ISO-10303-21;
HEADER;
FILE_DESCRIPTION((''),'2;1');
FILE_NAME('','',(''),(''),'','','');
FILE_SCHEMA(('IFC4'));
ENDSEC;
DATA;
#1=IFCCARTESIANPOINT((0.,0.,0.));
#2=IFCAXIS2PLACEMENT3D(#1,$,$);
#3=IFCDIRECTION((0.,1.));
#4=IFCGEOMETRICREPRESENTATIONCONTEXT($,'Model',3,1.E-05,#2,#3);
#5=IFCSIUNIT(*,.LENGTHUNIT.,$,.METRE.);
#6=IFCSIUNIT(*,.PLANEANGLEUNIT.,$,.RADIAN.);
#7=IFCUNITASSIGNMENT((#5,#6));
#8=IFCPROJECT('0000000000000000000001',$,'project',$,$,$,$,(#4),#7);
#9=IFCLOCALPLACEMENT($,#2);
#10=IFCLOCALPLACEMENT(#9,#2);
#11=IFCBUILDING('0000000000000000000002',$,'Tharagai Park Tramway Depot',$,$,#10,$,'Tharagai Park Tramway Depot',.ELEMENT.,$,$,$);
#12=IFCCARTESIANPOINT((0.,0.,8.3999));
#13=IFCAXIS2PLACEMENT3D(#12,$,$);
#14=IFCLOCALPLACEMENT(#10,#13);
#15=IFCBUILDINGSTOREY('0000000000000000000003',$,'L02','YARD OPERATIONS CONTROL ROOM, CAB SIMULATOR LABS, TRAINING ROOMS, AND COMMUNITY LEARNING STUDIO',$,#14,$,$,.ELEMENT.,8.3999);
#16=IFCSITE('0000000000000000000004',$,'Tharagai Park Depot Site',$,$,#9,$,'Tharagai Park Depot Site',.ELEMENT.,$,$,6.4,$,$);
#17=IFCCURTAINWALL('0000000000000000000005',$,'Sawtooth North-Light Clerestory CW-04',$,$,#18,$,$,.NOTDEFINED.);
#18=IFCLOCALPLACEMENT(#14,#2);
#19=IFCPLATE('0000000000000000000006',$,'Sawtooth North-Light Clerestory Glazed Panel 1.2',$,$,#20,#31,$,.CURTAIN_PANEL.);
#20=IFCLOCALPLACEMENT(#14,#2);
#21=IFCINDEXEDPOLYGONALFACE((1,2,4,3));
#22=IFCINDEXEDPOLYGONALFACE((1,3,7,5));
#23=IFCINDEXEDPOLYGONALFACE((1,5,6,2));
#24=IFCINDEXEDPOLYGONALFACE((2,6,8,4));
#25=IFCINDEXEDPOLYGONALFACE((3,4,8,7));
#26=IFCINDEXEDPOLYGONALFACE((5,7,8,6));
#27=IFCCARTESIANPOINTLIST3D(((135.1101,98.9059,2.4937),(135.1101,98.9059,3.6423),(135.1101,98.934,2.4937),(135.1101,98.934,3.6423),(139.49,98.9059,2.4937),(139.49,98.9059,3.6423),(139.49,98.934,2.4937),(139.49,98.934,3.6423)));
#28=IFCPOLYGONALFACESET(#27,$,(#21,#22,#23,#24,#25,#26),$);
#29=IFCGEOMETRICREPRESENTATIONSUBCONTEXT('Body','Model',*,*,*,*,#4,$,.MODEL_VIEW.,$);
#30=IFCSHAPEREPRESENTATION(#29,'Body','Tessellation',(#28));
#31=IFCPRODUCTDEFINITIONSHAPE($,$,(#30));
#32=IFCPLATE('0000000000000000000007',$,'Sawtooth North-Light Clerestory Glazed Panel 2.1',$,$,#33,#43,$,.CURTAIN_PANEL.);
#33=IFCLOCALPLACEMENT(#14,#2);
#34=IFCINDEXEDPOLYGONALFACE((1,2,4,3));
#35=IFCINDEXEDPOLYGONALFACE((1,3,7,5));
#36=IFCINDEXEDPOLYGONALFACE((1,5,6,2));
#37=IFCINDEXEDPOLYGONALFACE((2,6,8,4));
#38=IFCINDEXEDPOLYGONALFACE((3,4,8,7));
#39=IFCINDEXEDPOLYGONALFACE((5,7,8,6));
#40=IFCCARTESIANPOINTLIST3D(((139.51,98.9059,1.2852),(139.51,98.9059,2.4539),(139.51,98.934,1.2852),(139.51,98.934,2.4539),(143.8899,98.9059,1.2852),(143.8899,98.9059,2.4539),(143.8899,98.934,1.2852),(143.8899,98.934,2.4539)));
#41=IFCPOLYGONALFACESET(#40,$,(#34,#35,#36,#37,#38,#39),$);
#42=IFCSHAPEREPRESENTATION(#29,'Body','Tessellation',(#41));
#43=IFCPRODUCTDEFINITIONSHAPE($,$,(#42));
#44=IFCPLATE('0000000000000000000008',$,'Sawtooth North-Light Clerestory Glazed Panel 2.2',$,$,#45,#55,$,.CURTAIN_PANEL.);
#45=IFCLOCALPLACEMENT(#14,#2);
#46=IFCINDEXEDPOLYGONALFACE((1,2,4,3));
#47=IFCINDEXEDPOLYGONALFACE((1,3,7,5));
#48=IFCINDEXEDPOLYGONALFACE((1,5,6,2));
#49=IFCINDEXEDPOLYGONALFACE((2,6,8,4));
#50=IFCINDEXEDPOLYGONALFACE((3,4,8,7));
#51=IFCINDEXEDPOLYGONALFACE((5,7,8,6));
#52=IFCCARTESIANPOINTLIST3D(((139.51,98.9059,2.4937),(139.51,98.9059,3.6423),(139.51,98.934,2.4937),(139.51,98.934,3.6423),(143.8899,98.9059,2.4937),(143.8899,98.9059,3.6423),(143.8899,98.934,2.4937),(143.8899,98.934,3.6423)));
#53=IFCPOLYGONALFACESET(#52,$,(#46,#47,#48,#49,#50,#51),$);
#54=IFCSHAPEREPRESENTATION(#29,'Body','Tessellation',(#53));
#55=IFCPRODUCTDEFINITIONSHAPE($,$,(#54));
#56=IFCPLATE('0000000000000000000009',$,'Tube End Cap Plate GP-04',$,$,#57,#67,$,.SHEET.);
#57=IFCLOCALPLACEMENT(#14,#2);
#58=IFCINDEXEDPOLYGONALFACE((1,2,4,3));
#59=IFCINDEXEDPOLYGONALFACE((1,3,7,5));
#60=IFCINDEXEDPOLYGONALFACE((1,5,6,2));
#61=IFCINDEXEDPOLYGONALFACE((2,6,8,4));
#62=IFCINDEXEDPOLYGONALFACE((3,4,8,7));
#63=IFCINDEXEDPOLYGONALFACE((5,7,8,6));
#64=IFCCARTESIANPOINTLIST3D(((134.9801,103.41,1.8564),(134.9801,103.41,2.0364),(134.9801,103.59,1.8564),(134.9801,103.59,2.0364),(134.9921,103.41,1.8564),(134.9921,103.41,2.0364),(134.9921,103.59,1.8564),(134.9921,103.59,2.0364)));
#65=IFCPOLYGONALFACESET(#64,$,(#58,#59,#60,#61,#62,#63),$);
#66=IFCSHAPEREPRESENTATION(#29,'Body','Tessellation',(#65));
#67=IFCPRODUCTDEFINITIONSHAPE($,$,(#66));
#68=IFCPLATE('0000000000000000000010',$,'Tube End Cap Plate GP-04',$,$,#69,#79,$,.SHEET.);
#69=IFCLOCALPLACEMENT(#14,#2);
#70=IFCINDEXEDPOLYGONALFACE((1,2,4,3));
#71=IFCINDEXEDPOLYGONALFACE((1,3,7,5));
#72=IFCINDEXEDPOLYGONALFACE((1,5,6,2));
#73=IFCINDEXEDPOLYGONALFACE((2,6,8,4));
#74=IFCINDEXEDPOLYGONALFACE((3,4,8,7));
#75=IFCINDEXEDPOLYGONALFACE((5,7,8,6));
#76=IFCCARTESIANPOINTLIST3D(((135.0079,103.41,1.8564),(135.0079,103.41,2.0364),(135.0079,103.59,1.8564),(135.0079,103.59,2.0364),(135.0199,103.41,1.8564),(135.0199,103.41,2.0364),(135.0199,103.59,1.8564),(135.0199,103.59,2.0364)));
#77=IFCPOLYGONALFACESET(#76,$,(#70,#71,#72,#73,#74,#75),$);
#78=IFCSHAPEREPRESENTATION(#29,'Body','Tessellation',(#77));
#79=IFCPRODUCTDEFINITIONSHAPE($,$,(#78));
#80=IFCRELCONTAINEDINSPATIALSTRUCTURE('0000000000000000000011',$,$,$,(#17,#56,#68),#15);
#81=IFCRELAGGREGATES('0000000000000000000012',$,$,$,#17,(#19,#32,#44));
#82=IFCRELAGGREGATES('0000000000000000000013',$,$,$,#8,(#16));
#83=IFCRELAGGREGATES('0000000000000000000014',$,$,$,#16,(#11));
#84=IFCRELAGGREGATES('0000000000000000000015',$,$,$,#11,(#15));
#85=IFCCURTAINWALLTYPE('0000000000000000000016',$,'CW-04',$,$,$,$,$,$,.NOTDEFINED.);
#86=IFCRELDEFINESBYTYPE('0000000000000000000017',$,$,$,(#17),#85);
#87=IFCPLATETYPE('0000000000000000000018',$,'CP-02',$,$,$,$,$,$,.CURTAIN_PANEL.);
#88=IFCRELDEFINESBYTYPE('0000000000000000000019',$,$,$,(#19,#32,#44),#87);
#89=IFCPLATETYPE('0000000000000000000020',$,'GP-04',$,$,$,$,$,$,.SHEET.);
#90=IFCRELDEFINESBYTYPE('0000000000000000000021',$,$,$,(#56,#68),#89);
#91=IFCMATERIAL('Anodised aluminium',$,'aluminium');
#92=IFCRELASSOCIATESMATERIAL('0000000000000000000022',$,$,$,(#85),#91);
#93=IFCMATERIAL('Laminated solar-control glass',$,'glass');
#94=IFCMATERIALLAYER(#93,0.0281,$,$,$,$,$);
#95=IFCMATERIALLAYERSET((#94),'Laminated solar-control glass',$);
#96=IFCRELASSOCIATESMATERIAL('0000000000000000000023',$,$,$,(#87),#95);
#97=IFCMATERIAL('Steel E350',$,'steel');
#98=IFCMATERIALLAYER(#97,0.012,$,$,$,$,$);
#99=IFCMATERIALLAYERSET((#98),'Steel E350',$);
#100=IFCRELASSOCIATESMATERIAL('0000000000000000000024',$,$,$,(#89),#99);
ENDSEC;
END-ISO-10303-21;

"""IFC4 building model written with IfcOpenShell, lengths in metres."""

from ifc_helpers import new_model, si_unit, direction, frame, origin, origin_2d, place, context, subcontext, project, spatial, rectangle, extrude, material, layer, layer_set, type_object, element, aggregate, save


model = new_model("IFC4")

# Units and contexts
model_context = context("Model", 3, precision=1e-05, world=origin(), true_north=direction((0.0, 1.0)))
body_context = subcontext(model_context, "Body", "Model", "MODEL_VIEW")
ifc_project = project(units=[si_unit("LENGTHUNIT", "METRE"), si_unit("PLANEANGLEUNIT", "RADIAN")], contexts=[model_context])

# Site, building, storey
site_placement = place(None, origin())
site = spatial("IfcSite", under=ifc_project, at=site_placement, Name="Tharagai Park Depot Site", LongName="Tharagai Park Depot Site", CompositionType="ELEMENT", RefElevation=6.4)
building_placement = place(site_placement, origin())
building = spatial("IfcBuilding", under=site, at=building_placement, Name="Tharagai Park Tramway Depot", LongName="Tharagai Park Tramway Depot", CompositionType="ELEMENT")
storey_placement = place(building_placement, frame((0.0, 0.0, 8.3999)))
storey = spatial("IfcBuildingStorey", under=building, at=storey_placement, Name="L02", Description="YARD OPERATIONS CONTROL ROOM, CAB SIMULATOR LABS, TRAINING ROOMS, AND COMMUNITY LEARNING STUDIO", CompositionType="ELEMENT", Elevation=8.3999)

# Shared definitions
ifc_material_1 = material(Name="Steel E350", Category="steel")

# Shared definitions
ifc_material_2 = material(Name="Anodised aluminium", Category="aluminium")
curtain_wall_type = type_object("IfcCurtainWallType", Name="CW-04", PredefinedType="NOTDEFINED", material=ifc_material_2)

# Curtain wall
curtain_wall_1_placement = place(storey_placement, origin())
curtain_wall_1 = element("IfcCurtainWall", 1, at=curtain_wall_1_placement, inside=storey, type_object=curtain_wall_type, Name="Sawtooth North-Light Clerestory CW-04", PredefinedType="NOTDEFINED")

# Plates
ifc_material_3 = material(Name="Laminated solar-control glass", Category="glass")
ifc_layer_1 = layer(ifc_material_3, 0.0281)
ifc_layer_set_1 = layer_set([ifc_layer_1], Name="Laminated solar-control glass")
plate_type_1 = type_object("IfcPlateType", Name="CP-02", PredefinedType="CURTAIN_PANEL", material=ifc_layer_set_1)
plate_1_placement = place(storey_placement, frame((137.3, 98.9199, 2.4937), z_axis=(0.0, 0.0, 1.0), x_axis=(1.0, 0.0, 0.0)))
plate_1 = element("IfcPlate", 2, at=plate_1_placement, type_object=plate_type_1, Name="Sawtooth North-Light Clerestory Glazed Panel 1.2", PredefinedType="CURTAIN_PANEL", context=body_context, shape_type="SweptSolid", body=[
    extrude(rectangle(XDim=4.3799, YDim=0.0281, at=origin_2d()), origin(), (0.0, 0.0, 1.0), 1.1487),
])
plate_2_placement = place(storey_placement, frame((141.7, 98.9199, 1.2852), z_axis=(0.0, 0.0, 1.0), x_axis=(1.0, 0.0, 0.0)))
plate_2 = element("IfcPlate", 3, at=plate_2_placement, type_object=plate_type_1, Name="Sawtooth North-Light Clerestory Glazed Panel 2.1", PredefinedType="CURTAIN_PANEL", context=body_context, shape_type="SweptSolid", body=[
    extrude(rectangle(XDim=4.3799, YDim=0.0281, at=origin_2d()), origin(), (0.0, 0.0, 1.0), 1.1687),
])
plate_3_placement = place(storey_placement, frame((141.7, 98.9199, 2.4937), z_axis=(0.0, 0.0, 1.0), x_axis=(1.0, 0.0, 0.0)))
plate_3 = element("IfcPlate", 4, at=plate_3_placement, type_object=plate_type_1, Name="Sawtooth North-Light Clerestory Glazed Panel 2.2", PredefinedType="CURTAIN_PANEL", context=body_context, shape_type="SweptSolid", body=[
    extrude(rectangle(XDim=4.3799, YDim=0.0281, at=origin_2d()), origin(), (0.0, 0.0, 1.0), 1.1487),
])
aggregate(curtain_wall_1, [plate_1, plate_2, plate_3])

# Plates
ifc_layer_2 = layer(ifc_material_1, 0.012)
ifc_layer_set_2 = layer_set([ifc_layer_2], Name="Steel E350")
plate_type_2 = type_object("IfcPlateType", Name="GP-04", PredefinedType="SHEET", material=ifc_layer_set_2)
for number, where, z_axis, x_axis, name in (
    (5, (134.9861, 103.5, 1.8564), (0.0, 0.0, 1.0), (1.0, 0.0, 0.0), "Tube End Cap Plate GP-04"),
    (6, (135.0139, 103.5, 1.8564), (0.0, 0.0, 1.0), (1.0, 0.0, 0.0), "Tube End Cap Plate GP-04"),
):
    element("IfcPlate", number, at=place(storey_placement, frame(where, z_axis=z_axis, x_axis=x_axis)), inside=storey, type_object=plate_type_2, Name=name, PredefinedType="SHEET", context=body_context, shape_type="SweptSolid", body=[
        extrude(rectangle(XDim=0.012, YDim=0.1799, at=origin_2d()), origin(), (0.0, 0.0, 1.0), 0.1799),
    ])

save(model, "model.ifc")
